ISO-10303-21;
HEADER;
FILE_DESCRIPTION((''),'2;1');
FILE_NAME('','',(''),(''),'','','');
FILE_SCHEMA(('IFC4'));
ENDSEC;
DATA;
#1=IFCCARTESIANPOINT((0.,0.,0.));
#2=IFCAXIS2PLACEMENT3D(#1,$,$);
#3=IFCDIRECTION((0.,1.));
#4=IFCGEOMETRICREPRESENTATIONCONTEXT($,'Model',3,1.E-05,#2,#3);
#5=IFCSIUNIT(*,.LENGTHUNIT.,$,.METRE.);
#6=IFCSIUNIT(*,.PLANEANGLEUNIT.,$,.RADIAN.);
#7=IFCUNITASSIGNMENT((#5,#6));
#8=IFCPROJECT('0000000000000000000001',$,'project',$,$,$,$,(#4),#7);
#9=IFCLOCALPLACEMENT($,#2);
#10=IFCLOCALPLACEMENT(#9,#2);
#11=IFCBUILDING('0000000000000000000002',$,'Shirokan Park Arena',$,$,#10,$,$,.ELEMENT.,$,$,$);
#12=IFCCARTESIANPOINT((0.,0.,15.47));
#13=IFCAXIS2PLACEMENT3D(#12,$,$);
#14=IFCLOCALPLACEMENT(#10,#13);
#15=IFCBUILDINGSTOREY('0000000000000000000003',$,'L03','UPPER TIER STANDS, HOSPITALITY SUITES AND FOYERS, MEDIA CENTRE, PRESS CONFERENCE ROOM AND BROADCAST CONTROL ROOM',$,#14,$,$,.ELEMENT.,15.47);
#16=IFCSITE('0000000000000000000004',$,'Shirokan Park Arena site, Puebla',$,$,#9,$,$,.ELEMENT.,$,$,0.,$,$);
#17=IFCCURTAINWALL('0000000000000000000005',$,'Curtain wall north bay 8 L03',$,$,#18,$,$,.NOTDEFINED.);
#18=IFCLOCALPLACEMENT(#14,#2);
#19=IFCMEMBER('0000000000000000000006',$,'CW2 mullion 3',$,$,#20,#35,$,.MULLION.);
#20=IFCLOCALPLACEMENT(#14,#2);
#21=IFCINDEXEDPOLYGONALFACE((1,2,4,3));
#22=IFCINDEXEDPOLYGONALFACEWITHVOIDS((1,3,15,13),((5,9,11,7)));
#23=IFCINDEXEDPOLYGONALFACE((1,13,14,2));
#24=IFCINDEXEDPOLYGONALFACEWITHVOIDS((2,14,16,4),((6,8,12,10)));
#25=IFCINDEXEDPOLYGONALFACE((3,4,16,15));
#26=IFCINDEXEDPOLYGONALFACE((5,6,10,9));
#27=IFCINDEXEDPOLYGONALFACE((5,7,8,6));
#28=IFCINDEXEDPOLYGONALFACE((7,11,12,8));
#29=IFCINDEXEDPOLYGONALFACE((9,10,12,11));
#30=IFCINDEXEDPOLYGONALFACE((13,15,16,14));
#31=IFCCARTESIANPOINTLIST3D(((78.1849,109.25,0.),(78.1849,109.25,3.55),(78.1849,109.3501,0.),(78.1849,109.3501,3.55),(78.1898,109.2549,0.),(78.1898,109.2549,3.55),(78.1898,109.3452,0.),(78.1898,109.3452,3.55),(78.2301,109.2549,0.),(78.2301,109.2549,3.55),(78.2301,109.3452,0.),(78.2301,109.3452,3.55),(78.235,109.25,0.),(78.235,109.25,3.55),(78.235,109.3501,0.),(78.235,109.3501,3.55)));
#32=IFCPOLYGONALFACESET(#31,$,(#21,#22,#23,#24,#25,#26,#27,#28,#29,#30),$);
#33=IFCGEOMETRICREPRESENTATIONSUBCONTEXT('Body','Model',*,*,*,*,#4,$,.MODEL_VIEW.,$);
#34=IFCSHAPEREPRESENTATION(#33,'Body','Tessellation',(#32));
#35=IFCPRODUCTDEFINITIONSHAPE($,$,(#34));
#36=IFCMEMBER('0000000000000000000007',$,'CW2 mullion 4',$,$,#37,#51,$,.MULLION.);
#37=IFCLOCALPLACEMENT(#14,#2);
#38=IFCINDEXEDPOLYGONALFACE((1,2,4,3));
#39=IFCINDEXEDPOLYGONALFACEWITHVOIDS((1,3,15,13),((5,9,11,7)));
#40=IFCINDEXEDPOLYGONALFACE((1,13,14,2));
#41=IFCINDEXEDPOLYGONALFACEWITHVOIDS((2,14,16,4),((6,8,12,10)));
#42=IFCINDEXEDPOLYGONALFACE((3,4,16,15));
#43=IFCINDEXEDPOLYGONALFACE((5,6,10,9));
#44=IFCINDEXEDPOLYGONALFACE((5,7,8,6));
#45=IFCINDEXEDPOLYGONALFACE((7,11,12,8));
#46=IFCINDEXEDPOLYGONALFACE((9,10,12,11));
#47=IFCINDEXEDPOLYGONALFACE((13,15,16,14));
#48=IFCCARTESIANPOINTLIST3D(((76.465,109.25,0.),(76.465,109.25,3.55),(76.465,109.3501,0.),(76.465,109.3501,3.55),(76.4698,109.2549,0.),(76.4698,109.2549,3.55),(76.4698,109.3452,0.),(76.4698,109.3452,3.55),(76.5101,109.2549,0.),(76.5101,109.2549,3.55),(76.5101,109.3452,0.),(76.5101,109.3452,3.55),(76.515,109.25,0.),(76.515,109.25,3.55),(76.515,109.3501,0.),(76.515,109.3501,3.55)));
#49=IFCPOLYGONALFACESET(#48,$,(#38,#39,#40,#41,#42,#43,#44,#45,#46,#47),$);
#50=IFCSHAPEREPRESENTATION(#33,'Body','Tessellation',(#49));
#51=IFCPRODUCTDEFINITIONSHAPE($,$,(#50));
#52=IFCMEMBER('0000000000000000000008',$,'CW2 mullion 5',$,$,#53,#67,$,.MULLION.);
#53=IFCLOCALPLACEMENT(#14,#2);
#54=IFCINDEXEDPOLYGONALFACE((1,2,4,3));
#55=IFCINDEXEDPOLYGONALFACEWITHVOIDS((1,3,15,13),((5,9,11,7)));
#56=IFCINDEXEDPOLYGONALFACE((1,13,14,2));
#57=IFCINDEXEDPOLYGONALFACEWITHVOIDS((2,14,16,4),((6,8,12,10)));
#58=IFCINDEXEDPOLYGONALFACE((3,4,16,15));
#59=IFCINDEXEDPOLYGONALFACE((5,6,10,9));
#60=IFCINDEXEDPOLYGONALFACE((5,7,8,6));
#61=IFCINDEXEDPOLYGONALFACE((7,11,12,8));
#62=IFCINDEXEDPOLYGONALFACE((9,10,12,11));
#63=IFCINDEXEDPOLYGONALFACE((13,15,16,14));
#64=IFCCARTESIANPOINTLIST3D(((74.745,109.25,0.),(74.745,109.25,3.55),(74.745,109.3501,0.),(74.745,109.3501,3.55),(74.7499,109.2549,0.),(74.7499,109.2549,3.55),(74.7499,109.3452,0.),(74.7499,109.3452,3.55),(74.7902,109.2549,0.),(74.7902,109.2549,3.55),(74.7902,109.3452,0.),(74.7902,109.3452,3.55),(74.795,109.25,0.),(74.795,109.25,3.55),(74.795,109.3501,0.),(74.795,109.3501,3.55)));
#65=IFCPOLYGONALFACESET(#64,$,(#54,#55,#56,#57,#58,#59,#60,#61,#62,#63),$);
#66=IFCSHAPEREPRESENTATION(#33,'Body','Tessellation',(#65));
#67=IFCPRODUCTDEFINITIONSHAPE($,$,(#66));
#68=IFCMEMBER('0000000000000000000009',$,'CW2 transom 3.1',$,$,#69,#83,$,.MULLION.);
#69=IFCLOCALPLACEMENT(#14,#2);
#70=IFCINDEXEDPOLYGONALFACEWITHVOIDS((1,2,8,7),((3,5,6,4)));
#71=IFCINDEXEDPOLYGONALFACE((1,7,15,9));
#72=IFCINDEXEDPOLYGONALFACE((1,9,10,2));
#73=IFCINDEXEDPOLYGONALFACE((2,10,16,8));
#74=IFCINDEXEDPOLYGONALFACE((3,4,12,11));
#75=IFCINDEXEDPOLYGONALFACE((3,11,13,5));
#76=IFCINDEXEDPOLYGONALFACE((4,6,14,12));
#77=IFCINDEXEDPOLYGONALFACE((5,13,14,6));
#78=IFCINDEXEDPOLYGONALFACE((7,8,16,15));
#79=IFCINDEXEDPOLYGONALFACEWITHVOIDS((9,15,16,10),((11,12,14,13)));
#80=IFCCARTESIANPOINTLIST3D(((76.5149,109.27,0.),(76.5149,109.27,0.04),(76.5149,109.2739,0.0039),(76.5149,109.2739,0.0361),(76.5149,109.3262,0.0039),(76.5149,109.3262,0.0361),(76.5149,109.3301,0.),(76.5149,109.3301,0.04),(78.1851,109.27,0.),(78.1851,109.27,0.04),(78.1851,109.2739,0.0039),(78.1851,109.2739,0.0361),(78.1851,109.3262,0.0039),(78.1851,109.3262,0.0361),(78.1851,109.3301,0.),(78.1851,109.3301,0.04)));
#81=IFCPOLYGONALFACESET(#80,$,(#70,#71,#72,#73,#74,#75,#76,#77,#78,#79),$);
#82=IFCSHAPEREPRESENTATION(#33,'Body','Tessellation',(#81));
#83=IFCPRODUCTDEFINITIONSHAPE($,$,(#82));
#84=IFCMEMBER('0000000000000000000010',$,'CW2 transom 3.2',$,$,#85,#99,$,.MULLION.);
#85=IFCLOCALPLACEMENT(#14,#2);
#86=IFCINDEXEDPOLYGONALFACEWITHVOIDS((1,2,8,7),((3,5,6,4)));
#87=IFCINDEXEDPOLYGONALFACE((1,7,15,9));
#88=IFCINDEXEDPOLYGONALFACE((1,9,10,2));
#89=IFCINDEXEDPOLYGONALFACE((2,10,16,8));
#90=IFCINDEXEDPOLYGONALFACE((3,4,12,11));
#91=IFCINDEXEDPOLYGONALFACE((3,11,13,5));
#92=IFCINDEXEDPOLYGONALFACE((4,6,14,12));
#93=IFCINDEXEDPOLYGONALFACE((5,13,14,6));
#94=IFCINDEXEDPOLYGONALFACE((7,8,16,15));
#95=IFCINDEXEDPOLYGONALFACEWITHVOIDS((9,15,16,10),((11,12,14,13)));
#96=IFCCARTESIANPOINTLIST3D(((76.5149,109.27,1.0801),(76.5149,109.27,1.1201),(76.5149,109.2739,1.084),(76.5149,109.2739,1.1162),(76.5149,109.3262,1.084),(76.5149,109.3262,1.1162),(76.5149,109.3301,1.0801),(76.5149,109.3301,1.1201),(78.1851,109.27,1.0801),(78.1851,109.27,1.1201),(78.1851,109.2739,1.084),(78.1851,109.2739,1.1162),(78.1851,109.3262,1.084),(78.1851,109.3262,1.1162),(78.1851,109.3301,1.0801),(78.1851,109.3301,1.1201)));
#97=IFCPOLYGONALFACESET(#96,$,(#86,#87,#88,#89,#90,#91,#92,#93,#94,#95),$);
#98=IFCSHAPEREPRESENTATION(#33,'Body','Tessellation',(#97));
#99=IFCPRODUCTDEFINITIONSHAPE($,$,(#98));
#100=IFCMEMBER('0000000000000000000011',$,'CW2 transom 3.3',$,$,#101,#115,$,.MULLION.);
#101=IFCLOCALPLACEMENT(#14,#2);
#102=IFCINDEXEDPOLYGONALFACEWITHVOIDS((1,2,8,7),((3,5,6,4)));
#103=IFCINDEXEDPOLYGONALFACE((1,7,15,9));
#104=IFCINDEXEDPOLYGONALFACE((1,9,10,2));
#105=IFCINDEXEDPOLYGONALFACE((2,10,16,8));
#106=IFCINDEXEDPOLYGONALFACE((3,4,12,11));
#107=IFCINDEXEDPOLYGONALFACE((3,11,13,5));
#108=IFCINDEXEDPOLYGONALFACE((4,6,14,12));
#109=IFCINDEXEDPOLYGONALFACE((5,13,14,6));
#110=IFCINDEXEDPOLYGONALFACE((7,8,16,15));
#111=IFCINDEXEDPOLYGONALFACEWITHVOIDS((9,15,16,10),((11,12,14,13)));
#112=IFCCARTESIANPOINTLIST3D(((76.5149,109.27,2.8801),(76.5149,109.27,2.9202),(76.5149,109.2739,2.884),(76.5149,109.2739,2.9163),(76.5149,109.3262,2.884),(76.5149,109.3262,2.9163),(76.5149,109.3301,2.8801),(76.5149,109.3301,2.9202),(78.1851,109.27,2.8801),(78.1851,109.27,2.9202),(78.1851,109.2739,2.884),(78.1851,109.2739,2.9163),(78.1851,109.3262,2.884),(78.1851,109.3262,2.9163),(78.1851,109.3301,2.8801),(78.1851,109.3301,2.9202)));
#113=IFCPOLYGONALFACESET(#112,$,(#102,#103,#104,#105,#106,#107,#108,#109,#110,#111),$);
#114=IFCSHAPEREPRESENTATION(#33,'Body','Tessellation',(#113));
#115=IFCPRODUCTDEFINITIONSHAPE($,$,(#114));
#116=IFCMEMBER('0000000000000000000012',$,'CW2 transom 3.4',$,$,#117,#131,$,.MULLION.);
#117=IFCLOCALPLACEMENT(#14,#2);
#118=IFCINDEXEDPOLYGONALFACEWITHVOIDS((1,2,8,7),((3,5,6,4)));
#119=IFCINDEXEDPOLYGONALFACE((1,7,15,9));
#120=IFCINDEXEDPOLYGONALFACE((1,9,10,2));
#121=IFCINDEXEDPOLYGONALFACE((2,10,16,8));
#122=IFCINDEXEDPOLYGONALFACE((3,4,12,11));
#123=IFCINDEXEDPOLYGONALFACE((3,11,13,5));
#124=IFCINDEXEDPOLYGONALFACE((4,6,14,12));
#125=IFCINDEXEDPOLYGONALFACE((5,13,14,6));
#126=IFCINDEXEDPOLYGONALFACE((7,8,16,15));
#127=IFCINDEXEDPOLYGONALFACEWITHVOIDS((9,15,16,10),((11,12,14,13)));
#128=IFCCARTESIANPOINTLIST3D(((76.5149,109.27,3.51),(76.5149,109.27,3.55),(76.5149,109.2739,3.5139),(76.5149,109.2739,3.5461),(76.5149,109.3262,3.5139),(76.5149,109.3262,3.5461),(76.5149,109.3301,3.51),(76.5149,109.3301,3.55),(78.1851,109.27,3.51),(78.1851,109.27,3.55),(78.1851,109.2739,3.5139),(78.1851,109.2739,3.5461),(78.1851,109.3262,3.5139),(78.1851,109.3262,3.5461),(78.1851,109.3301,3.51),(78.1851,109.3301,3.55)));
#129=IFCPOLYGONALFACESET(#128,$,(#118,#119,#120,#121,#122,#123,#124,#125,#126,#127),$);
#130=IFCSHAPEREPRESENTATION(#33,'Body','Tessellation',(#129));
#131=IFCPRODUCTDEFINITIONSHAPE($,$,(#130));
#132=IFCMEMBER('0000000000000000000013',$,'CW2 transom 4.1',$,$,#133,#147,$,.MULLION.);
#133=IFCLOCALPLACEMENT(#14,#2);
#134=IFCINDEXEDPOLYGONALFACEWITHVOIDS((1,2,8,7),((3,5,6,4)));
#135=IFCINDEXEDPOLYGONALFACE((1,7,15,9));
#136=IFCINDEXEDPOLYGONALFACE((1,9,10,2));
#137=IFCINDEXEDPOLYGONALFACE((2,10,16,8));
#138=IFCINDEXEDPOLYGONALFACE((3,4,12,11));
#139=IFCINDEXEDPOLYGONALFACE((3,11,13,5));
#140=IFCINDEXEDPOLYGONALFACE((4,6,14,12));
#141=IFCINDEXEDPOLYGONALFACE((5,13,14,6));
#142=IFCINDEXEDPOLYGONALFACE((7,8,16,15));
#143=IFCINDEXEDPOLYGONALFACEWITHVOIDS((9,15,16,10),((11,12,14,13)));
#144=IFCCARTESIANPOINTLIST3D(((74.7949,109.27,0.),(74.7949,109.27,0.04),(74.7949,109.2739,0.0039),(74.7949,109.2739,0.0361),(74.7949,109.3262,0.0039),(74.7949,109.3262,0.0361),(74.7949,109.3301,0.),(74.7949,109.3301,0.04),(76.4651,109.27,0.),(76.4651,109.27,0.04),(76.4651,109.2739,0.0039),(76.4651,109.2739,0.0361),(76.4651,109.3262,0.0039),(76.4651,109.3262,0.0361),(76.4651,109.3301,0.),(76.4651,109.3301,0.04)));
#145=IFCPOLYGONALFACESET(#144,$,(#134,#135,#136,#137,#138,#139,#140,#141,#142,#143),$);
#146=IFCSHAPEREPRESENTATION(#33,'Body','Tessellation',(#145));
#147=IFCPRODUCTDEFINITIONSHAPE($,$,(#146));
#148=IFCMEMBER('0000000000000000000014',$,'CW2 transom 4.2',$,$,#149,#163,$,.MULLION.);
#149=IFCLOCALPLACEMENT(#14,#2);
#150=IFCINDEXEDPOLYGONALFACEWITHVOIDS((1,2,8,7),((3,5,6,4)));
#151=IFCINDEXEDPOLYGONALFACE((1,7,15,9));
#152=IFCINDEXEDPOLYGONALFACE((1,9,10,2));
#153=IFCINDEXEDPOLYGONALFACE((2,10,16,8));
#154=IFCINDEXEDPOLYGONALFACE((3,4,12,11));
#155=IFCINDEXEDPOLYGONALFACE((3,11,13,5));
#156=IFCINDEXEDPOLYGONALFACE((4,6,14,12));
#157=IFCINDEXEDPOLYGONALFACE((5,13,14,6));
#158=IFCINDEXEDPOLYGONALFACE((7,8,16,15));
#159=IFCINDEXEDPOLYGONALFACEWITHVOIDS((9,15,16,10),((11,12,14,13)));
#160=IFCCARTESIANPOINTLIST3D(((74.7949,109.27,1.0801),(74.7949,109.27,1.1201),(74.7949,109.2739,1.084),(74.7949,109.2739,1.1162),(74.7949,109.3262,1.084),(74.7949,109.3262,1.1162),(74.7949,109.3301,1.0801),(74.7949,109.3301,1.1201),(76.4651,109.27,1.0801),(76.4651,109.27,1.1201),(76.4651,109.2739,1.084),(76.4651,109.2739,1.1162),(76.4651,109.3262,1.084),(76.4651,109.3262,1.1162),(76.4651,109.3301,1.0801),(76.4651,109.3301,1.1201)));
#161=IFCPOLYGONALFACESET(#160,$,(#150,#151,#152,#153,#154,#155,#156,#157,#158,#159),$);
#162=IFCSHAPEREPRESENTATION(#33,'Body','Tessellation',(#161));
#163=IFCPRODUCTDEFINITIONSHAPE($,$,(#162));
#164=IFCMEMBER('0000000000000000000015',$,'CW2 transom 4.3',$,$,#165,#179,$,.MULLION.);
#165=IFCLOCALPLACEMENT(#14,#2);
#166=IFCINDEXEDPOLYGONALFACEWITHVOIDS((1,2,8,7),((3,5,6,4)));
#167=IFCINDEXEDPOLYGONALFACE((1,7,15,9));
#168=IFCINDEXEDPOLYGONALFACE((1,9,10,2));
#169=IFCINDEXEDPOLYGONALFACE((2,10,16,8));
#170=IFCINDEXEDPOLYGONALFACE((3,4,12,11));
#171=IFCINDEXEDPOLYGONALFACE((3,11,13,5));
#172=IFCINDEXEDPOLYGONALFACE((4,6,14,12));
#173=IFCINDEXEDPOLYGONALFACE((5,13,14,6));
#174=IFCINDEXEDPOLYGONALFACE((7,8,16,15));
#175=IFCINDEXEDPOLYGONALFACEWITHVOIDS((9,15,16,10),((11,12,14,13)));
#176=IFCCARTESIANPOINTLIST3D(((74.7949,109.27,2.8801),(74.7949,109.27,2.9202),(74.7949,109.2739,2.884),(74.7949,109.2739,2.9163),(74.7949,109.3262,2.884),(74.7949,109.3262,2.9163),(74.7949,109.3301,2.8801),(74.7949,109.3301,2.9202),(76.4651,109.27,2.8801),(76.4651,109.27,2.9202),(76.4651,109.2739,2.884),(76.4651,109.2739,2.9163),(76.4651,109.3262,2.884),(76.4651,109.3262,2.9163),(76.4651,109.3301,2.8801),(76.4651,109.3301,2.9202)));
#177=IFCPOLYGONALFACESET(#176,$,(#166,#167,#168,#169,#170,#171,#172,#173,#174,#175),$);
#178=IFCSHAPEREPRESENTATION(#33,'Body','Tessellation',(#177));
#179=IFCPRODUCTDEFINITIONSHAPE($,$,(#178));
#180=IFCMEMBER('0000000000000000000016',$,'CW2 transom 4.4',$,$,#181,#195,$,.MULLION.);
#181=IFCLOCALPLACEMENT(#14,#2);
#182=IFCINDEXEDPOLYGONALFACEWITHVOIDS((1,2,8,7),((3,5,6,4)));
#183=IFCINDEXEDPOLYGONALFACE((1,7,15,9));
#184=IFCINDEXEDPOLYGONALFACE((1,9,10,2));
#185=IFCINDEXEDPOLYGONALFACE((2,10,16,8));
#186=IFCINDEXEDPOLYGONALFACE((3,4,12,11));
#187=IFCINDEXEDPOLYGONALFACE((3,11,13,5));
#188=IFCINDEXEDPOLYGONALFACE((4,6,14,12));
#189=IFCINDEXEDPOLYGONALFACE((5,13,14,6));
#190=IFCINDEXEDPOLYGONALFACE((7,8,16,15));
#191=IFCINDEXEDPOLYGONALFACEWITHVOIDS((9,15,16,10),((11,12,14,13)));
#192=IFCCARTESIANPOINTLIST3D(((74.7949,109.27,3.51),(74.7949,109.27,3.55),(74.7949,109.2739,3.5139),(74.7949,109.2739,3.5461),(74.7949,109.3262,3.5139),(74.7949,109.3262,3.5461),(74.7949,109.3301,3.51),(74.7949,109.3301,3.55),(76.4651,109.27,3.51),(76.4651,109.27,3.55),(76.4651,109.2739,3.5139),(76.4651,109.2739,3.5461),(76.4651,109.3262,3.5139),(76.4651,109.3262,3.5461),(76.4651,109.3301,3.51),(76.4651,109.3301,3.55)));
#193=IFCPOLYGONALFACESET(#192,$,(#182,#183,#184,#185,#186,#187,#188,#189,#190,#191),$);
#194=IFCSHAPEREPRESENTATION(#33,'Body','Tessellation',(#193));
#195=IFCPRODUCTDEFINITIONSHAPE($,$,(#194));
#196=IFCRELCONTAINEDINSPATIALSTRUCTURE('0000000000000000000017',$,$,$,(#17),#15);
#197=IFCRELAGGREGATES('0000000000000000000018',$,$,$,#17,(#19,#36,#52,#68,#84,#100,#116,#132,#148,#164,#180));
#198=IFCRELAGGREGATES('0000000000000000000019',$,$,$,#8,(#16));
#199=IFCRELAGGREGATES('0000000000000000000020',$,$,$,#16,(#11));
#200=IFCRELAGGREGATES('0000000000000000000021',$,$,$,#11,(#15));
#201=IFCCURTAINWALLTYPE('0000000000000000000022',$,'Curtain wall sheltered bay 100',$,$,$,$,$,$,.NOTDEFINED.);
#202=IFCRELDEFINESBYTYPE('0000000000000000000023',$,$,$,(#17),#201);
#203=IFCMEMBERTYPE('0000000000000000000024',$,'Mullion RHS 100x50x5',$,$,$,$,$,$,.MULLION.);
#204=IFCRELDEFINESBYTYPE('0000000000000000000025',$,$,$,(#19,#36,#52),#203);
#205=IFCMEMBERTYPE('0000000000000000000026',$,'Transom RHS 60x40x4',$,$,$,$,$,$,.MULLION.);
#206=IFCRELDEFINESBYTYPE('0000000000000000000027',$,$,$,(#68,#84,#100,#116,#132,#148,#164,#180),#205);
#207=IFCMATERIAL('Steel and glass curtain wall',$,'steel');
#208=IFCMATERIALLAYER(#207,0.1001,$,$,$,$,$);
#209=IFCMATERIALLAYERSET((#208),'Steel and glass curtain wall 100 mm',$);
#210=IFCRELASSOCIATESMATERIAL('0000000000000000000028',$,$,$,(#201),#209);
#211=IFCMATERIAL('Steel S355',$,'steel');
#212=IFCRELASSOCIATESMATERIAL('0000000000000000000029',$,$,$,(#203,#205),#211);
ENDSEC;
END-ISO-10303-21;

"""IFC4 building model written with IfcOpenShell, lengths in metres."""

from ifc_helpers import new_model, si_unit, direction, frame, origin, origin_2d, place, context, subcontext, project, spatial, hollow_rectangle, extrude, material, layer, layer_set, material_profile, profile_set, type_object, element, aggregate, save


model = new_model("IFC4")

# Units and contexts
model_context = context("Model", 3, precision=1e-05, world=origin(), true_north=direction((0.0, 1.0)))
body_context = subcontext(model_context, "Body", "Model", "MODEL_VIEW")
ifc_project = project(units=[si_unit("LENGTHUNIT", "METRE"), si_unit("PLANEANGLEUNIT", "RADIAN")], contexts=[model_context])

# Site, building, storey
site_placement = place(None, origin())
site = spatial("IfcSite", under=ifc_project, at=site_placement, Name="Shirokan Park Arena site, Puebla", CompositionType="ELEMENT", RefElevation=0.0)
building_placement = place(site_placement, origin())
building = spatial("IfcBuilding", under=site, at=building_placement, Name="Shirokan Park Arena", CompositionType="ELEMENT")
storey_placement = place(building_placement, frame((0.0, 0.0, 15.47)))
storey = spatial("IfcBuildingStorey", under=building, at=storey_placement, Name="L03", Description="UPPER TIER STANDS, HOSPITALITY SUITES AND FOYERS, MEDIA CENTRE, PRESS CONFERENCE ROOM AND BROADCAST CONTROL ROOM", CompositionType="ELEMENT", Elevation=15.47)

# Curtain wall, members
ifc_material_1 = material(Name="Steel and glass curtain wall", Category="steel")
ifc_layer_1 = layer(ifc_material_1, 0.1001)
ifc_layer_set_1 = layer_set([ifc_layer_1], Name="Steel and glass curtain wall 100 mm")
curtain_wall_type = type_object("IfcCurtainWallType", Name="Curtain wall sheltered bay 100", PredefinedType="NOTDEFINED", material=ifc_layer_set_1)
curtain_wall_placement = place(storey_placement, origin())
curtain_wall = element("IfcCurtainWall", 1, at=curtain_wall_placement, inside=storey, type_object=curtain_wall_type, Name="Curtain wall north bay 8 L03", PredefinedType="NOTDEFINED")
ifc_material_2 = material(Name="Steel S355", Category="steel")
ifc_material_profile_1 = material_profile(ifc_material_2, hollow_rectangle(XDim=0.1001, YDim=0.05, WallThickness=0.0049, at=origin_2d()), Name="RHS 100x50x5")
ifc_profile_set_1 = profile_set([ifc_material_profile_1], Name="Steel S355")
member_type_1 = type_object("IfcMemberType", Name="Mullion RHS 100x50x5", PredefinedType="MULLION", material=ifc_profile_set_1)
member_1_placement = place(storey_placement, frame((78.21, 109.3, 0.0), z_axis=(0.0, 0.0, 1.0), x_axis=(0.0, -1.0, 0.0)))
member_1 = element("IfcMember", 2, at=member_1_placement, type_object=member_type_1, Name="CW2 mullion 3", PredefinedType="MULLION", context=body_context, shape_type="SweptSolid", body=[
    extrude(hollow_rectangle(XDim=0.1001, YDim=0.05, WallThickness=0.0049, at=origin_2d()), origin(), (0.0, 0.0, 1.0), 3.55),
])
member_2_placement = place(storey_placement, frame((76.49, 109.3, 0.0), z_axis=(0.0, 0.0, 1.0), x_axis=(0.0, -1.0, 0.0)))
member_2 = element("IfcMember", 3, at=member_2_placement, type_object=member_type_1, Name="CW2 mullion 4", PredefinedType="MULLION", context=body_context, shape_type="SweptSolid", body=[
    extrude(hollow_rectangle(XDim=0.1001, YDim=0.05, WallThickness=0.0049, at=origin_2d()), origin(), (0.0, 0.0, 1.0), 3.55),
])
member_3_placement = place(storey_placement, frame((74.77, 109.3, 0.0), z_axis=(0.0, 0.0, 1.0), x_axis=(0.0, -1.0, 0.0)))
member_3 = element("IfcMember", 4, at=member_3_placement, type_object=member_type_1, Name="CW2 mullion 5", PredefinedType="MULLION", context=body_context, shape_type="SweptSolid", body=[
    extrude(hollow_rectangle(XDim=0.1001, YDim=0.05, WallThickness=0.0049, at=origin_2d()), origin(), (0.0, 0.0, 1.0), 3.55),
])
ifc_material_profile_2 = material_profile(ifc_material_2, hollow_rectangle(XDim=0.0601, YDim=0.04, WallThickness=0.0039, at=origin_2d()), Name="RHS 60x40x4")
ifc_profile_set_2 = profile_set([ifc_material_profile_2], Name="Steel S355")
member_type_2 = type_object("IfcMemberType", Name="Transom RHS 60x40x4", PredefinedType="MULLION", material=ifc_profile_set_2)
member_4_placement = place(storey_placement, frame((78.1851, 109.3, 0.02), z_axis=(-1.0, 0.0, 0.0), x_axis=(0.0, -1.0, 0.0)))
member_4 = element("IfcMember", 5, at=member_4_placement, type_object=member_type_2, Name="CW2 transom 3.1", PredefinedType="MULLION", context=body_context, shape_type="SweptSolid", body=[
    extrude(hollow_rectangle(XDim=0.0601, YDim=0.04, WallThickness=0.0039, at=origin_2d()), origin(), (0.0, 0.0, 1.0), 1.6702),
])
member_5_placement = place(storey_placement, frame((78.1851, 109.3, 1.1001), z_axis=(-1.0, 0.0, 0.0), x_axis=(0.0, -1.0, 0.0)))
member_5 = element("IfcMember", 6, at=member_5_placement, type_object=member_type_2, Name="CW2 transom 3.2", PredefinedType="MULLION", context=body_context, shape_type="SweptSolid", body=[
    extrude(hollow_rectangle(XDim=0.0601, YDim=0.04, WallThickness=0.0039, at=origin_2d()), origin(), (0.0, 0.0, 1.0), 1.6702),
])
member_6_placement = place(storey_placement, frame((78.1851, 109.3, 2.9001), z_axis=(-1.0, 0.0, 0.0), x_axis=(0.0, -1.0, 0.0)))
member_6 = element("IfcMember", 7, at=member_6_placement, type_object=member_type_2, Name="CW2 transom 3.3", PredefinedType="MULLION", context=body_context, shape_type="SweptSolid", body=[
    extrude(hollow_rectangle(XDim=0.0601, YDim=0.04, WallThickness=0.0039, at=origin_2d()), origin(), (0.0, 0.0, 1.0), 1.6702),
])
member_7_placement = place(storey_placement, frame((78.1851, 109.3, 3.53), z_axis=(-1.0, 0.0, 0.0), x_axis=(0.0, -1.0, 0.0)))
member_7 = element("IfcMember", 8, at=member_7_placement, type_object=member_type_2, Name="CW2 transom 3.4", PredefinedType="MULLION", context=body_context, shape_type="SweptSolid", body=[
    extrude(hollow_rectangle(XDim=0.0601, YDim=0.04, WallThickness=0.0039, at=origin_2d()), origin(), (0.0, 0.0, 1.0), 1.6702),
])
member_8_placement = place(storey_placement, frame((76.4651, 109.3, 0.02), z_axis=(-1.0, 0.0, 0.0), x_axis=(0.0, -1.0, 0.0)))
member_8 = element("IfcMember", 9, at=member_8_placement, type_object=member_type_2, Name="CW2 transom 4.1", PredefinedType="MULLION", context=body_context, shape_type="SweptSolid", body=[
    extrude(hollow_rectangle(XDim=0.0601, YDim=0.04, WallThickness=0.0039, at=origin_2d()), origin(), (0.0, 0.0, 1.0), 1.6702),
])
member_9_placement = place(storey_placement, frame((76.4651, 109.3, 1.1001), z_axis=(-1.0, 0.0, 0.0), x_axis=(0.0, -1.0, 0.0)))
member_9 = element("IfcMember", 10, at=member_9_placement, type_object=member_type_2, Name="CW2 transom 4.2", PredefinedType="MULLION", context=body_context, shape_type="SweptSolid", body=[
    extrude(hollow_rectangle(XDim=0.0601, YDim=0.04, WallThickness=0.0039, at=origin_2d()), origin(), (0.0, 0.0, 1.0), 1.6702),
])
member_10_placement = place(storey_placement, frame((76.4651, 109.3, 2.9001), z_axis=(-1.0, 0.0, 0.0), x_axis=(0.0, -1.0, 0.0)))
member_10 = element("IfcMember", 11, at=member_10_placement, type_object=member_type_2, Name="CW2 transom 4.3", PredefinedType="MULLION", context=body_context, shape_type="SweptSolid", body=[
    extrude(hollow_rectangle(XDim=0.0601, YDim=0.04, WallThickness=0.0039, at=origin_2d()), origin(), (0.0, 0.0, 1.0), 1.6702),
])
member_11_placement = place(storey_placement, frame((76.4651, 109.3, 3.53), z_axis=(-1.0, 0.0, 0.0), x_axis=(0.0, -1.0, 0.0)))
member_11 = element("IfcMember", 12, at=member_11_placement, type_object=member_type_2, Name="CW2 transom 4.4", PredefinedType="MULLION", context=body_context, shape_type="SweptSolid", body=[
    extrude(hollow_rectangle(XDim=0.0601, YDim=0.04, WallThickness=0.0039, at=origin_2d()), origin(), (0.0, 0.0, 1.0), 1.6702),
])
aggregate(curtain_wall, [member_1, member_2, member_3, member_4, member_5, member_6, member_7, member_8, member_9, member_10, member_11])

save(model, "model.ifc")
